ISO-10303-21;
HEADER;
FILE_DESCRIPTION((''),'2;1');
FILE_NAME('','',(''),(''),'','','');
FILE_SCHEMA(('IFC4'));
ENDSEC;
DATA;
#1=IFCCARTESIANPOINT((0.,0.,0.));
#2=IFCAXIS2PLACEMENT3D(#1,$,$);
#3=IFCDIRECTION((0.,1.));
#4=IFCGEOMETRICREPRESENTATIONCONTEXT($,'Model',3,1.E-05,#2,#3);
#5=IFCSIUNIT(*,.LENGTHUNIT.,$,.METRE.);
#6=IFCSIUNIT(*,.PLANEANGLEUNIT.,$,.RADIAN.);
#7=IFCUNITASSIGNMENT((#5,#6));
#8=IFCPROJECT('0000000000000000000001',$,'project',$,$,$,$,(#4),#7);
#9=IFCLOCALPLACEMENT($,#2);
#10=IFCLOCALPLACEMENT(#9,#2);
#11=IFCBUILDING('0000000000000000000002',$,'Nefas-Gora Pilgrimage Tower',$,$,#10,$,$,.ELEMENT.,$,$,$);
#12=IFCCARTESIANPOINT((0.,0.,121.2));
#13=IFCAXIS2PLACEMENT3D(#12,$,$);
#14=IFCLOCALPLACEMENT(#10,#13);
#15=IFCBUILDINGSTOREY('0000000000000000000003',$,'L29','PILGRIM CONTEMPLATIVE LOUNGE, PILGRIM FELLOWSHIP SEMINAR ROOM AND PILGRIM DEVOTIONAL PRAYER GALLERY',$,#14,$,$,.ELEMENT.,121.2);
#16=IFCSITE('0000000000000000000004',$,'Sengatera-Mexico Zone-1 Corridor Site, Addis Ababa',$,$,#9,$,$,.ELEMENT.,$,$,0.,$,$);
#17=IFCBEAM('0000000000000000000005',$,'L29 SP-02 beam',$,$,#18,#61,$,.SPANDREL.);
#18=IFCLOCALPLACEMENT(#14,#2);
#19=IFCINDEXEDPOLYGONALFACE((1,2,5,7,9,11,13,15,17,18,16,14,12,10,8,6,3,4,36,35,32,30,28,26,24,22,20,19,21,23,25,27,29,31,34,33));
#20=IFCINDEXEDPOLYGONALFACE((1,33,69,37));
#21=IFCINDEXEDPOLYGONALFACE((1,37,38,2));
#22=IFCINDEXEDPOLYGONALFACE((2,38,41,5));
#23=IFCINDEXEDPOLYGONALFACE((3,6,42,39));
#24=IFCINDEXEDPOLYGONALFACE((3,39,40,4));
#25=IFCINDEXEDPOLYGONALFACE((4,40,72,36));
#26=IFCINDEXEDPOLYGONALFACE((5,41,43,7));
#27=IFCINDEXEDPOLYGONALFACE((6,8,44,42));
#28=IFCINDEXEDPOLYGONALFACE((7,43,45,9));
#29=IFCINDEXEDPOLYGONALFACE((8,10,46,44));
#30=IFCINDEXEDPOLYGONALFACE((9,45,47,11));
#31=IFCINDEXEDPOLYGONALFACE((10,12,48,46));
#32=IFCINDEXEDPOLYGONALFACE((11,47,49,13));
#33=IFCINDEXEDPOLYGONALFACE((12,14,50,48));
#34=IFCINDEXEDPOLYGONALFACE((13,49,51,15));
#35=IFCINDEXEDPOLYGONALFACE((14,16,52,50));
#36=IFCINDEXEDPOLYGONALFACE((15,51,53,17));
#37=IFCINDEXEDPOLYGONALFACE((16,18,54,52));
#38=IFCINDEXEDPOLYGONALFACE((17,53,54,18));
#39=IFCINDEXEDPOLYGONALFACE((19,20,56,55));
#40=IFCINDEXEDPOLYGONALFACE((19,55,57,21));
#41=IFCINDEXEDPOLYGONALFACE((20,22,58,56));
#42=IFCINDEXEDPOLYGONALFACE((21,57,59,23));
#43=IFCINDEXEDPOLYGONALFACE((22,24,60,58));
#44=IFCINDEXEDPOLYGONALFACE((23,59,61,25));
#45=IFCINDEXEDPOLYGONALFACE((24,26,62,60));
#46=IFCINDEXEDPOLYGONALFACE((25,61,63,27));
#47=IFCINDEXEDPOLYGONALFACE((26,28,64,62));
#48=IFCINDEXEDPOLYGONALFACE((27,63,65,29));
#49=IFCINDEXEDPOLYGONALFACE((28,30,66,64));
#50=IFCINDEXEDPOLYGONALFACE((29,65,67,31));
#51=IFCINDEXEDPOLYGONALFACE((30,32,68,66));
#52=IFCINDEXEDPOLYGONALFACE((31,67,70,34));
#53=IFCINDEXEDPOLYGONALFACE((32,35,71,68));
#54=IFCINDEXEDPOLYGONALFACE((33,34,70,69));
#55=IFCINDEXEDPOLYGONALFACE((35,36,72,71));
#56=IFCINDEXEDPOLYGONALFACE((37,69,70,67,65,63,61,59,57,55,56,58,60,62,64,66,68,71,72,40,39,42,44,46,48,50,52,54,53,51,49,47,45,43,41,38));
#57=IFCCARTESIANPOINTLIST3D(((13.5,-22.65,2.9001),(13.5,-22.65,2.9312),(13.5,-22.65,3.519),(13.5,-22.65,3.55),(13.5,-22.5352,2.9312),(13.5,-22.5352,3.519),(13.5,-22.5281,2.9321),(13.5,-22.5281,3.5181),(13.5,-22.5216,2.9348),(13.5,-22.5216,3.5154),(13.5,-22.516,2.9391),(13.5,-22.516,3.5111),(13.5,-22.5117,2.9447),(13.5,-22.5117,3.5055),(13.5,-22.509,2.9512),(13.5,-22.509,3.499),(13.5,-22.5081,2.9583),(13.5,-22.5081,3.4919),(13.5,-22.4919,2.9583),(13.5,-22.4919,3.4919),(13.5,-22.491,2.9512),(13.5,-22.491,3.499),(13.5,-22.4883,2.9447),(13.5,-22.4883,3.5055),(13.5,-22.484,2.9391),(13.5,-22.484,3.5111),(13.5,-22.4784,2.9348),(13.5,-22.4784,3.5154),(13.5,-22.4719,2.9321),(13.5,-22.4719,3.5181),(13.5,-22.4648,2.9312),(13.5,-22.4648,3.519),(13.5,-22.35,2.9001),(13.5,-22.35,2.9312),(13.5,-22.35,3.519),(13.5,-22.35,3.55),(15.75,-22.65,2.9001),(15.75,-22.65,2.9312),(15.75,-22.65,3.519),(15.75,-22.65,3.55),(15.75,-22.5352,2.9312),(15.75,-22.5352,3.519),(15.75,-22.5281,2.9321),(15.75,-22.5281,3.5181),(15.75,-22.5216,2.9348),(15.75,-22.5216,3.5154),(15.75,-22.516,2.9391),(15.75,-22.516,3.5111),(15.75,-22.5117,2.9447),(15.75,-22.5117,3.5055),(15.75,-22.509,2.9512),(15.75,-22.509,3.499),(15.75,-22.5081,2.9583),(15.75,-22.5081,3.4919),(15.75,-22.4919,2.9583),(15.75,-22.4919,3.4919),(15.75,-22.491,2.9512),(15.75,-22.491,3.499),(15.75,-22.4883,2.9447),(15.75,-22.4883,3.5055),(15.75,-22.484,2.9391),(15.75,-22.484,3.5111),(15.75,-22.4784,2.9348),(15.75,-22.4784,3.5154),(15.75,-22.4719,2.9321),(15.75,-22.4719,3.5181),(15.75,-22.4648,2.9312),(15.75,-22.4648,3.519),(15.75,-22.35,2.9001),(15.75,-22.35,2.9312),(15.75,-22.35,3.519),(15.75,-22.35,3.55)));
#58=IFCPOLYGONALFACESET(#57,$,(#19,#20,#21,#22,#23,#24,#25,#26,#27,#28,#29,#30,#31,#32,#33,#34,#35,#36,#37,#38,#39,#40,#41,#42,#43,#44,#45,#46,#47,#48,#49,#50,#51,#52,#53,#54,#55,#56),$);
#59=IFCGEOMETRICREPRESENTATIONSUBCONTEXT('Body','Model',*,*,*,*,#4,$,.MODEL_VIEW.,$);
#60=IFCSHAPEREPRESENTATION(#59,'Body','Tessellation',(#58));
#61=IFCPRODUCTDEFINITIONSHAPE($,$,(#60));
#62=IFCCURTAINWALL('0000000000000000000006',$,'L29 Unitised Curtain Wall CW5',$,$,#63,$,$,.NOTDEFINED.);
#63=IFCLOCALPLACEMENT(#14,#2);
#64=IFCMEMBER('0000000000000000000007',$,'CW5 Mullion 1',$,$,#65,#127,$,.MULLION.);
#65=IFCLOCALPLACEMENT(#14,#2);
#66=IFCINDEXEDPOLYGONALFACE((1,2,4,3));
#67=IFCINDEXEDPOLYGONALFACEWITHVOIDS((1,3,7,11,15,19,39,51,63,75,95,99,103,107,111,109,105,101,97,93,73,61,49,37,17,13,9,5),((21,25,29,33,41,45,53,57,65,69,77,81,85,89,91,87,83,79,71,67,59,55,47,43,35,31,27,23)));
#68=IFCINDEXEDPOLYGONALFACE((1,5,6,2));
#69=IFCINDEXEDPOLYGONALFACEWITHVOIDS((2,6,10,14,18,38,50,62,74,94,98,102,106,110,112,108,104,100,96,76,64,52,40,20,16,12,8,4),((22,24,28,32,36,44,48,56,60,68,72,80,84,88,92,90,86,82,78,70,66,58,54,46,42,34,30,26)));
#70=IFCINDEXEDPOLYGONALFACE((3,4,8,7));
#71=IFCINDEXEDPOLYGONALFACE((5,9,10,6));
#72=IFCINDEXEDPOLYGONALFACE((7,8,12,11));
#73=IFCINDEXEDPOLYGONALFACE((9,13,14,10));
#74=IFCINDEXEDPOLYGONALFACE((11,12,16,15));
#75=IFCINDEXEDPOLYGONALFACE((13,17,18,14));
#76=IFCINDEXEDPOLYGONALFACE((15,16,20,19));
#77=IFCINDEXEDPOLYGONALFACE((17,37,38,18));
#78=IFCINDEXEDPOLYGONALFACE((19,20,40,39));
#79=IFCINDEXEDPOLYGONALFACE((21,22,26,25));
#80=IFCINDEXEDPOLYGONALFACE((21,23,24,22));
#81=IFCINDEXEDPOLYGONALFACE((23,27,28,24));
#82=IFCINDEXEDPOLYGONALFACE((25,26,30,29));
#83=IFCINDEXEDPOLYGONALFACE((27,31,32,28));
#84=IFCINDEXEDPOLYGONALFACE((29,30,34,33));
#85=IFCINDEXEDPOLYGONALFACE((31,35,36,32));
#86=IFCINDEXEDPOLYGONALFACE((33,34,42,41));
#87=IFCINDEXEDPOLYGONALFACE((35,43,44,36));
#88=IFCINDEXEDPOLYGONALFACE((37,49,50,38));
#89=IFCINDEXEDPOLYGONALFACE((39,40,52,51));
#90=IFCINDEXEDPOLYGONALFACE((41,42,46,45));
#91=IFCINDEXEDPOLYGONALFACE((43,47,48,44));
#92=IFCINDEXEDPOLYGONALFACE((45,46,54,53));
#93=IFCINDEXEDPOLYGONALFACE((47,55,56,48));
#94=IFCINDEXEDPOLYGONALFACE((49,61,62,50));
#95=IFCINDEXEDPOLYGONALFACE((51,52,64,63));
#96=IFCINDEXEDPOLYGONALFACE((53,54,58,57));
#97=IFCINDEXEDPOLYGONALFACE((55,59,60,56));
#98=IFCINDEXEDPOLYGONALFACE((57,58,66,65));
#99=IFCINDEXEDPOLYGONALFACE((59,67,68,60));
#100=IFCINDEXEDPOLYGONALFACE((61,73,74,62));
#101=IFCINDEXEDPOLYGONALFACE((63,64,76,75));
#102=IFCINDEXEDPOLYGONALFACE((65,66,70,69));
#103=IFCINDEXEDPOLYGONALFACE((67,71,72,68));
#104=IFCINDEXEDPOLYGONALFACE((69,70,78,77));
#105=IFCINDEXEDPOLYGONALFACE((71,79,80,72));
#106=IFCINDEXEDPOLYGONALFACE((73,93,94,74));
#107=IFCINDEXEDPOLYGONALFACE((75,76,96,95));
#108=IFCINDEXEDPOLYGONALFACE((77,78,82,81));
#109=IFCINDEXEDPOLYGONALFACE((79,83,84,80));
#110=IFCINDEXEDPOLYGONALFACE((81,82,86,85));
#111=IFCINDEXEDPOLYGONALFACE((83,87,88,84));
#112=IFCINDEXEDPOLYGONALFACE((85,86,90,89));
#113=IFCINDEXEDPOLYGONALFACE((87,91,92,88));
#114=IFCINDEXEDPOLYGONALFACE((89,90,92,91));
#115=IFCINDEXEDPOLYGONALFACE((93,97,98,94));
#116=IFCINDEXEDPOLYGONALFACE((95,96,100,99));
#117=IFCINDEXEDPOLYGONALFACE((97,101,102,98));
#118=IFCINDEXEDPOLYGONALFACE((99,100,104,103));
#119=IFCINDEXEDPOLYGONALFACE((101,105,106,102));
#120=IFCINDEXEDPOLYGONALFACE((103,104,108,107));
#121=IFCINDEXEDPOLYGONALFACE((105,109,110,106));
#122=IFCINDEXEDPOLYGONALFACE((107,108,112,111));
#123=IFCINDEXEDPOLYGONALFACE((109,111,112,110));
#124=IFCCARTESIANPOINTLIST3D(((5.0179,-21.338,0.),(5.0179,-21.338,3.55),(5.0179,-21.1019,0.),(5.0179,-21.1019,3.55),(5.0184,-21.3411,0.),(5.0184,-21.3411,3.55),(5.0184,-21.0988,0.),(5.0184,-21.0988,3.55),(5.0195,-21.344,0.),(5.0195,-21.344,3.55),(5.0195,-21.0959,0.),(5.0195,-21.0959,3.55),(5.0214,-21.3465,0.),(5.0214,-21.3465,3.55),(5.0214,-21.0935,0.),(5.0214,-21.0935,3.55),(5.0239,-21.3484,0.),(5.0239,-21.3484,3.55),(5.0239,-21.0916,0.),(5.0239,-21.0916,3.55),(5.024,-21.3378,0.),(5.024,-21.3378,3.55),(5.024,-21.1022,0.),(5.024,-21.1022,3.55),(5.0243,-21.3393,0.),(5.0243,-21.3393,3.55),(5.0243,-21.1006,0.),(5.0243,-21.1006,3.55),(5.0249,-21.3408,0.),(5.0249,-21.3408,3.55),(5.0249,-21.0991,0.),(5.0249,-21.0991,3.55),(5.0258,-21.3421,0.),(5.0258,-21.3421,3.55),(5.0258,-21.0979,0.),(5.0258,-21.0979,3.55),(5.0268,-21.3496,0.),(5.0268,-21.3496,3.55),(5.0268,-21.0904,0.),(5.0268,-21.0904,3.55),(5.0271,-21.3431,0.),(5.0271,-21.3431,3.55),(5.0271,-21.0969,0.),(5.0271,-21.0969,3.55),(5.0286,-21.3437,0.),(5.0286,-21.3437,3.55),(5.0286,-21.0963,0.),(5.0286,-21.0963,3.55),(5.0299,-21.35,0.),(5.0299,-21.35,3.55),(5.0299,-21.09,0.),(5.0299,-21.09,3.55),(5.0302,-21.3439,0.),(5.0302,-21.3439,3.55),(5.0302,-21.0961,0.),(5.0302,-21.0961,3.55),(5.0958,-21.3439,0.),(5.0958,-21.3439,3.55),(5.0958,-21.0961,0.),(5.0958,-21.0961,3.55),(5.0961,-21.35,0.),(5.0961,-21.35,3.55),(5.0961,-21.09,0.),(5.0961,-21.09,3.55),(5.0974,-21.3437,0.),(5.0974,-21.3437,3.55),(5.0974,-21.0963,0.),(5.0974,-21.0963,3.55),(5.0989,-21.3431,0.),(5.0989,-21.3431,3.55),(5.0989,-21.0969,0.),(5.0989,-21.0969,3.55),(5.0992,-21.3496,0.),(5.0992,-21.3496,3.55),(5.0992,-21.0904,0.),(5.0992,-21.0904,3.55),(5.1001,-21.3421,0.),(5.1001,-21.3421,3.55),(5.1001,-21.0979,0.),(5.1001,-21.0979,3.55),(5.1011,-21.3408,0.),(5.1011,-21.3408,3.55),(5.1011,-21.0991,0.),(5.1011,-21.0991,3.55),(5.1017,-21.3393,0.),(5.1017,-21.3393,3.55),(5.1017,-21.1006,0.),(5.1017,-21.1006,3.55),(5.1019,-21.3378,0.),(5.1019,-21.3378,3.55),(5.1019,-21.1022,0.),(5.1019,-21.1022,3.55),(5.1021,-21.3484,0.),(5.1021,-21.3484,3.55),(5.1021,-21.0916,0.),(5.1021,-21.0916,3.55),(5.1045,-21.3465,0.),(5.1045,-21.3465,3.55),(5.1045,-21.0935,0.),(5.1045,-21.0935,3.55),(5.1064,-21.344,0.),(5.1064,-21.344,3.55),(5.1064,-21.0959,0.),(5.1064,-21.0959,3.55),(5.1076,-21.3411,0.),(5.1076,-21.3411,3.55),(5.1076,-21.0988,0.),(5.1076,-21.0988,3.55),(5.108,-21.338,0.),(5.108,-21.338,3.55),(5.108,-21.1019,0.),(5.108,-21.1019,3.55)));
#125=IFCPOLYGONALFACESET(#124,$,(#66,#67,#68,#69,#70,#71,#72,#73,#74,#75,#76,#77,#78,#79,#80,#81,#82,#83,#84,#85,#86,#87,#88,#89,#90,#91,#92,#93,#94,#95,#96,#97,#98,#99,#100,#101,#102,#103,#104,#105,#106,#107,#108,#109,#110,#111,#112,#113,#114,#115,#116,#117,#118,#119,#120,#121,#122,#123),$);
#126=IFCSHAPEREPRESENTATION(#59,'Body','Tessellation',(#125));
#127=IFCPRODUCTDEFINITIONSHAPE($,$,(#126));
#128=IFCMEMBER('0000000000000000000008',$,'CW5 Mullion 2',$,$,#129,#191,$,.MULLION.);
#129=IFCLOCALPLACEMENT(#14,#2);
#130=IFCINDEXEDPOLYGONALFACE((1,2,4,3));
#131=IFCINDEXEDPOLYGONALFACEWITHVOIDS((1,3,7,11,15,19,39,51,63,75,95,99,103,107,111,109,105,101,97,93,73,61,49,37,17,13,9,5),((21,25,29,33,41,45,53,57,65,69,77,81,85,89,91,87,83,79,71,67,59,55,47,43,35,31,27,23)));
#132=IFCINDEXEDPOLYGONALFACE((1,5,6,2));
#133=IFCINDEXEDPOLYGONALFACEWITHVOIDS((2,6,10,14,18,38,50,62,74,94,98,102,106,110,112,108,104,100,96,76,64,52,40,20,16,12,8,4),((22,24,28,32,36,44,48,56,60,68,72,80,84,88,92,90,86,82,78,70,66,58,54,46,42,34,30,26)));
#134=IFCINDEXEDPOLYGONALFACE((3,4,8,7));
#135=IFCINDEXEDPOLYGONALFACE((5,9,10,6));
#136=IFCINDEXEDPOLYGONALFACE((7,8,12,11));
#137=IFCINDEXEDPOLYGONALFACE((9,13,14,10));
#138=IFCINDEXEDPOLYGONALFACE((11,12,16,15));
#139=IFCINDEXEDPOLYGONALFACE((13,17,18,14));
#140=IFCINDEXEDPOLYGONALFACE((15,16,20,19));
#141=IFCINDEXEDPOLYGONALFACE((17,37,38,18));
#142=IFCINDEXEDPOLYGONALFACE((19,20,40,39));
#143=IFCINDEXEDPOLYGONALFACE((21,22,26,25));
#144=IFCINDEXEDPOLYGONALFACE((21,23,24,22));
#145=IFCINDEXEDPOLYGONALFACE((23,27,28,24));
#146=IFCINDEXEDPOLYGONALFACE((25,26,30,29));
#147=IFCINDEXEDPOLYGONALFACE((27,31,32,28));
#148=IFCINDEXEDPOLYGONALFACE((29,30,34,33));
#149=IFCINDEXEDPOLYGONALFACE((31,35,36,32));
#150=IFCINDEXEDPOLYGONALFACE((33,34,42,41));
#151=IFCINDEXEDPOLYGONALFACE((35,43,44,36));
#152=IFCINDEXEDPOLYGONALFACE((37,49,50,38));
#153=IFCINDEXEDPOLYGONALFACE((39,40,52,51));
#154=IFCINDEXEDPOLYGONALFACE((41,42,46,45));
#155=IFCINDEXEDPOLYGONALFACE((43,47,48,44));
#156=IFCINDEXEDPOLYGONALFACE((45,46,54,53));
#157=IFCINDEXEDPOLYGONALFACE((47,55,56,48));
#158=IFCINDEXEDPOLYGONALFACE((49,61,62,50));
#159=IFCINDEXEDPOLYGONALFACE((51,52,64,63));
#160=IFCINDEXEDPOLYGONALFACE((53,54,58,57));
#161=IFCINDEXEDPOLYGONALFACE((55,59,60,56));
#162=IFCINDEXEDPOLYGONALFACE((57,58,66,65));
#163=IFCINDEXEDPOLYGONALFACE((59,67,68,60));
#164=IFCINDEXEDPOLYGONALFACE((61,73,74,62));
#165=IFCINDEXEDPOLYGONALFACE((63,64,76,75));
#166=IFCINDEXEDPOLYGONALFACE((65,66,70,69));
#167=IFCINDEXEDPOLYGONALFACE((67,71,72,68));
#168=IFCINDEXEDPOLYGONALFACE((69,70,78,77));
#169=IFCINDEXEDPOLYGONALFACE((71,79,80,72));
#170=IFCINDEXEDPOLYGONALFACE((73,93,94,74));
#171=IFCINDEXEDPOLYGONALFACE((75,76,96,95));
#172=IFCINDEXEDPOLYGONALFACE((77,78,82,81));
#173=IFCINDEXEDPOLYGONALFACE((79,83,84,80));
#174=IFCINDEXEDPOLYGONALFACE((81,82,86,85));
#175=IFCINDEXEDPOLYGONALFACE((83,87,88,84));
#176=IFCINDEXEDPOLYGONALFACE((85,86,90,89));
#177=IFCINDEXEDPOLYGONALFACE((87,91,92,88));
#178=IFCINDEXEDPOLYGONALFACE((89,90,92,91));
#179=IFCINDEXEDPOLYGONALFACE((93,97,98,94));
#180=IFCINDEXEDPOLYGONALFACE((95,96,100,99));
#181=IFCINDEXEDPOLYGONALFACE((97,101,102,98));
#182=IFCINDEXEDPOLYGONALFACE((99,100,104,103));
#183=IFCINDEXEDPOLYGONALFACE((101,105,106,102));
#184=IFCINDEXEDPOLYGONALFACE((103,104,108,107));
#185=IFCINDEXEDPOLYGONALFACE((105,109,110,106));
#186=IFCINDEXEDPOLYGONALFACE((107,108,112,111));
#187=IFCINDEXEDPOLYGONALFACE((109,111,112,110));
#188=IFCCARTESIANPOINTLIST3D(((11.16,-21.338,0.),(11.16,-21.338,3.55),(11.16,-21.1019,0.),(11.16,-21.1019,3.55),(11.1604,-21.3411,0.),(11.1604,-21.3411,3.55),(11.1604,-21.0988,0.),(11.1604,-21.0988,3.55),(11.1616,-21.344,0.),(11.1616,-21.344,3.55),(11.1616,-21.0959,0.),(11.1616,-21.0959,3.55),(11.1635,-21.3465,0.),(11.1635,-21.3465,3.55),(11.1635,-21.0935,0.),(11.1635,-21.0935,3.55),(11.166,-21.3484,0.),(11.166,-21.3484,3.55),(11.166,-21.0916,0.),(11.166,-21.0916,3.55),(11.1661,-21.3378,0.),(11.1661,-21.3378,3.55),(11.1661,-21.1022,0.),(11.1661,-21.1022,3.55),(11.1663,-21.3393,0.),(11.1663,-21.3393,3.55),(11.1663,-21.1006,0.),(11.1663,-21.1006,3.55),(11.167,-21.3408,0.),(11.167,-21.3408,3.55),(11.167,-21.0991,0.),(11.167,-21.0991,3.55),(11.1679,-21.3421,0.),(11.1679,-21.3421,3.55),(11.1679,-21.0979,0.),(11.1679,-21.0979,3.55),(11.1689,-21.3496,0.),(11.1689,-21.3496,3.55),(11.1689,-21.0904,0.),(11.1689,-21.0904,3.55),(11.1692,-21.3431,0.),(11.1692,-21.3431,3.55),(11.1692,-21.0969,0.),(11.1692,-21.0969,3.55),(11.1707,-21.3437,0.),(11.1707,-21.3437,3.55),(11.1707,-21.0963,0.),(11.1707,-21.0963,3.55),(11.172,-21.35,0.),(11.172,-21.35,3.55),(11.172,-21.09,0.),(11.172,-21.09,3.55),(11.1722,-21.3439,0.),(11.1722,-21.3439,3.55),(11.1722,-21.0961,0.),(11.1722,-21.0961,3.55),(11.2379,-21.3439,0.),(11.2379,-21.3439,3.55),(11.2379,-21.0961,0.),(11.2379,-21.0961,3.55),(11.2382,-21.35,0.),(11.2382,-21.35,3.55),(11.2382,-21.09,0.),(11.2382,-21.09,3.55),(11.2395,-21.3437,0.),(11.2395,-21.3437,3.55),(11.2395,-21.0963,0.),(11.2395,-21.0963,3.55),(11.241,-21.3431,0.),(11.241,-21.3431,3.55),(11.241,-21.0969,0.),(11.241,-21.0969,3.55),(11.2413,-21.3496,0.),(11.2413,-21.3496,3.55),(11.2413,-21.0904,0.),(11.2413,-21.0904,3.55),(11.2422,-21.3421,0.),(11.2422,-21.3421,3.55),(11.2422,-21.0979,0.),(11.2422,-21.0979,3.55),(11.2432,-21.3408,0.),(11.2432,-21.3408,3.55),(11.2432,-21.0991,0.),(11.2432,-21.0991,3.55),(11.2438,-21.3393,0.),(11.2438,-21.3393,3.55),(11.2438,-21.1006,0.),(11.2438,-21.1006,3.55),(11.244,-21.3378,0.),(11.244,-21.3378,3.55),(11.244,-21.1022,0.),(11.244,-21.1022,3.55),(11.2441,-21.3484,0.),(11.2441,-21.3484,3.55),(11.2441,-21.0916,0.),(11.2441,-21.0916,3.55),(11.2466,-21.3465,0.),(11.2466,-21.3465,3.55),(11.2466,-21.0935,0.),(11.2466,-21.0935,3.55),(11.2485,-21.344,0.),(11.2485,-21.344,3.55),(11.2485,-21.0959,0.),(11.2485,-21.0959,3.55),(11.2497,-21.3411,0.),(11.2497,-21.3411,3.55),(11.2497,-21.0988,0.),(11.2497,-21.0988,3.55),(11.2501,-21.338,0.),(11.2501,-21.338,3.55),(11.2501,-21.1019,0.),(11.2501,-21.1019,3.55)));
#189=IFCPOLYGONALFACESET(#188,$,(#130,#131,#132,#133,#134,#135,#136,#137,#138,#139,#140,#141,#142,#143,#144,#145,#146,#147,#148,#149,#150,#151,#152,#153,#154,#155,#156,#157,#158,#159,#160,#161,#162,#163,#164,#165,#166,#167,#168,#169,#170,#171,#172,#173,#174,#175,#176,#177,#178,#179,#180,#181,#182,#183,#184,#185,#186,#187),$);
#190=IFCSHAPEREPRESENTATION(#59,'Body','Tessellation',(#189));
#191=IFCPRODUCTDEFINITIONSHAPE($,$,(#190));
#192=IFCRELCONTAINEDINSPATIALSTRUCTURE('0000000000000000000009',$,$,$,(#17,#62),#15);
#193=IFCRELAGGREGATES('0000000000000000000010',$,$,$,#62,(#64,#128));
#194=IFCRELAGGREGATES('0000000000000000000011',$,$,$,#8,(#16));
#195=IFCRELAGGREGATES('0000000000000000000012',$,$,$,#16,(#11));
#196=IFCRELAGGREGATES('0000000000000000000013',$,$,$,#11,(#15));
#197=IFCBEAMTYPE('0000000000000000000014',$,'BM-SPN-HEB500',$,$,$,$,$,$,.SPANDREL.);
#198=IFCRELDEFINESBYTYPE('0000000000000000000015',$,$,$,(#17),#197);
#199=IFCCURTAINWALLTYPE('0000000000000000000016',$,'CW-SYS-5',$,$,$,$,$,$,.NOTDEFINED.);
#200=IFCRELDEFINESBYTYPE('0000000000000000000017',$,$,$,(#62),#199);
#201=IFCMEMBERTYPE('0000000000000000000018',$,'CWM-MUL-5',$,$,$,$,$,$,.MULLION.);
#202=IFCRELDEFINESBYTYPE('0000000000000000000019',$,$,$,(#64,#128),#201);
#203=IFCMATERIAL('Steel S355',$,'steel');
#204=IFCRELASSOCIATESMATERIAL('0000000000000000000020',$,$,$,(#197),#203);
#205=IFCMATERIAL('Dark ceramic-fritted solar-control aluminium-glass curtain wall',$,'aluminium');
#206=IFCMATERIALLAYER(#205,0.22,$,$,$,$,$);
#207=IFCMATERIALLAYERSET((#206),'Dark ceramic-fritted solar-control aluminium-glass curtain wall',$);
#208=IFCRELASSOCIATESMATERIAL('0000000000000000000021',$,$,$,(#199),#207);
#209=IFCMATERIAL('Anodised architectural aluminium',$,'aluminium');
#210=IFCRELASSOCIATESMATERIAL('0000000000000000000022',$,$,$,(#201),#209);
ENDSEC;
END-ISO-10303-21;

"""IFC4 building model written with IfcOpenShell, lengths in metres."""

from ifc_helpers import new_model, si_unit, direction, frame, origin, origin_2d, place, context, subcontext, project, spatial, hollow_rectangle, i_section, extrude, source, transform, mapped, material, layer, layer_set, material_profile, profile_set, type_object, element, aggregate, save


model = new_model("IFC4")

# Units and contexts
model_context = context("Model", 3, precision=1e-05, world=origin(), true_north=direction((0.0, 1.0)))
body_context = subcontext(model_context, "Body", "Model", "MODEL_VIEW")
ifc_project = project(units=[si_unit("LENGTHUNIT", "METRE"), si_unit("PLANEANGLEUNIT", "RADIAN")], contexts=[model_context])

# Site, building, storey
site_placement = place(None, origin())
site = spatial("IfcSite", under=ifc_project, at=site_placement, Name="Sengatera-Mexico Zone-1 Corridor Site, Addis Ababa", CompositionType="ELEMENT", RefElevation=0.0)
building_placement = place(site_placement, origin())
building = spatial("IfcBuilding", under=site, at=building_placement, Name="Nefas-Gora Pilgrimage Tower", CompositionType="ELEMENT")
storey_placement = place(building_placement, frame((0.0, 0.0, 121.2)))
storey = spatial("IfcBuildingStorey", under=building, at=storey_placement, Name="L29", Description="PILGRIM CONTEMPLATIVE LOUNGE, PILGRIM FELLOWSHIP SEMINAR ROOM AND PILGRIM DEVOTIONAL PRAYER GALLERY", CompositionType="ELEMENT", Elevation=121.2)

# Beam
ifc_material_1 = material(Name="Steel S355", Category="steel")
ifc_material_profile_1 = material_profile(ifc_material_1, i_section(OverallWidth=0.3, OverallDepth=0.6499, WebThickness=0.0161, FlangeThickness=0.031, FilletRadius=0.0271, at=origin_2d()), Name="HEB 650")
ifc_profile_set_1 = profile_set([ifc_material_profile_1], Name="Steel S355")
beam_type_1 = type_object("IfcBeamType", Name="BM-SPN-HEB500", PredefinedType="SPANDREL", material=ifc_profile_set_1)
shared_shape_1 = source(origin(), body_context, "Body", "SweptSolid", [
    extrude(i_section(OverallWidth=0.3, OverallDepth=0.6499, WebThickness=0.0161, FlangeThickness=0.031, FilletRadius=0.0271, at=origin_2d()), origin(), (0.0, 0.0, 1.0), 2.25),
])
beam_1_placement = place(storey_placement, frame((13.5, -22.5, 3.2251), z_axis=(1.0, 0.0, 0.0), x_axis=(0.0, 1.0, 0.0)))
element("IfcBeam", 1, at=beam_1_placement, inside=storey, type_object=beam_type_1, Name="L29 SP-02 beam", PredefinedType="SPANDREL", context=body_context, shape_type="MappedRepresentation", body=[
    mapped(shared_shape_1, transform((0.0, 0.0, 0.0), x_axis=(1.0, 0.0, 0.0), y_axis=(0.0, 1.0, 0.0), z_axis=(0.0, 0.0, 1.0), scale=1.0)),
])

# Curtain wall, members
ifc_material_2 = material(Name="Dark ceramic-fritted solar-control aluminium-glass curtain wall", Category="aluminium")
ifc_layer_1 = layer(ifc_material_2, 0.22)
ifc_layer_set_1 = layer_set([ifc_layer_1], Name="Dark ceramic-fritted solar-control aluminium-glass curtain wall")
curtain_wall_type_1 = type_object("IfcCurtainWallType", Name="CW-SYS-5", PredefinedType="NOTDEFINED", material=ifc_layer_set_1)
curtain_wall_1_placement = place(storey_placement, origin())
curtain_wall_1 = element("IfcCurtainWall", 2, at=curtain_wall_1_placement, inside=storey, type_object=curtain_wall_type_1, Name="L29 Unitised Curtain Wall CW5", PredefinedType="NOTDEFINED")
ifc_material_3 = material(Name="Anodised architectural aluminium", Category="aluminium")
ifc_material_profile_2 = material_profile(ifc_material_3, hollow_rectangle(XDim=0.0901, YDim=0.26, WallThickness=0.0061, InnerFilletRadius=0.0061, OuterFilletRadius=0.012, at=origin_2d()), Name="ALU MULLION 90x260")
ifc_profile_set_2 = profile_set([ifc_material_profile_2], Name="Anodised architectural aluminium")
member_type_1 = type_object("IfcMemberType", Name="CWM-MUL-5", PredefinedType="MULLION", material=ifc_profile_set_2)
shared_shape_2 = source(origin(), body_context, "Body", "SweptSolid", [
    extrude(hollow_rectangle(XDim=0.0901, YDim=0.26, WallThickness=0.0061, InnerFilletRadius=0.0061, OuterFilletRadius=0.012, at=origin_2d()), origin(), (0.0, 0.0, 1.0), 3.55),
])
member_1_placement = place(storey_placement, frame((5.063, -21.22, 0.0), z_axis=(0.0, 0.0, 1.0), x_axis=(1.0, 0.0, 0.0)))
member_1 = element("IfcMember", 3, at=member_1_placement, type_object=member_type_1, Name="CW5 Mullion 1", PredefinedType="MULLION", context=body_context, shape_type="MappedRepresentation", body=[
    mapped(shared_shape_2, transform((0.0, 0.0, 0.0), x_axis=(1.0, 0.0, 0.0), y_axis=(0.0, 1.0, 0.0), z_axis=(0.0, 0.0, 1.0), scale=1.0)),
])
member_2_placement = place(storey_placement, frame((11.2051, -21.22, 0.0), z_axis=(0.0, 0.0, 1.0), x_axis=(1.0, 0.0, 0.0)))
member_2 = element("IfcMember", 4, at=member_2_placement, type_object=member_type_1, Name="CW5 Mullion 2", PredefinedType="MULLION", context=body_context, shape_type="MappedRepresentation", body=[
    mapped(shared_shape_2, transform((0.0, 0.0, 0.0), x_axis=(1.0, 0.0, 0.0), y_axis=(0.0, 1.0, 0.0), z_axis=(0.0, 0.0, 1.0), scale=1.0)),
])

aggregate(curtain_wall_1, [member_1, member_2])

save(model, "model.ifc")
